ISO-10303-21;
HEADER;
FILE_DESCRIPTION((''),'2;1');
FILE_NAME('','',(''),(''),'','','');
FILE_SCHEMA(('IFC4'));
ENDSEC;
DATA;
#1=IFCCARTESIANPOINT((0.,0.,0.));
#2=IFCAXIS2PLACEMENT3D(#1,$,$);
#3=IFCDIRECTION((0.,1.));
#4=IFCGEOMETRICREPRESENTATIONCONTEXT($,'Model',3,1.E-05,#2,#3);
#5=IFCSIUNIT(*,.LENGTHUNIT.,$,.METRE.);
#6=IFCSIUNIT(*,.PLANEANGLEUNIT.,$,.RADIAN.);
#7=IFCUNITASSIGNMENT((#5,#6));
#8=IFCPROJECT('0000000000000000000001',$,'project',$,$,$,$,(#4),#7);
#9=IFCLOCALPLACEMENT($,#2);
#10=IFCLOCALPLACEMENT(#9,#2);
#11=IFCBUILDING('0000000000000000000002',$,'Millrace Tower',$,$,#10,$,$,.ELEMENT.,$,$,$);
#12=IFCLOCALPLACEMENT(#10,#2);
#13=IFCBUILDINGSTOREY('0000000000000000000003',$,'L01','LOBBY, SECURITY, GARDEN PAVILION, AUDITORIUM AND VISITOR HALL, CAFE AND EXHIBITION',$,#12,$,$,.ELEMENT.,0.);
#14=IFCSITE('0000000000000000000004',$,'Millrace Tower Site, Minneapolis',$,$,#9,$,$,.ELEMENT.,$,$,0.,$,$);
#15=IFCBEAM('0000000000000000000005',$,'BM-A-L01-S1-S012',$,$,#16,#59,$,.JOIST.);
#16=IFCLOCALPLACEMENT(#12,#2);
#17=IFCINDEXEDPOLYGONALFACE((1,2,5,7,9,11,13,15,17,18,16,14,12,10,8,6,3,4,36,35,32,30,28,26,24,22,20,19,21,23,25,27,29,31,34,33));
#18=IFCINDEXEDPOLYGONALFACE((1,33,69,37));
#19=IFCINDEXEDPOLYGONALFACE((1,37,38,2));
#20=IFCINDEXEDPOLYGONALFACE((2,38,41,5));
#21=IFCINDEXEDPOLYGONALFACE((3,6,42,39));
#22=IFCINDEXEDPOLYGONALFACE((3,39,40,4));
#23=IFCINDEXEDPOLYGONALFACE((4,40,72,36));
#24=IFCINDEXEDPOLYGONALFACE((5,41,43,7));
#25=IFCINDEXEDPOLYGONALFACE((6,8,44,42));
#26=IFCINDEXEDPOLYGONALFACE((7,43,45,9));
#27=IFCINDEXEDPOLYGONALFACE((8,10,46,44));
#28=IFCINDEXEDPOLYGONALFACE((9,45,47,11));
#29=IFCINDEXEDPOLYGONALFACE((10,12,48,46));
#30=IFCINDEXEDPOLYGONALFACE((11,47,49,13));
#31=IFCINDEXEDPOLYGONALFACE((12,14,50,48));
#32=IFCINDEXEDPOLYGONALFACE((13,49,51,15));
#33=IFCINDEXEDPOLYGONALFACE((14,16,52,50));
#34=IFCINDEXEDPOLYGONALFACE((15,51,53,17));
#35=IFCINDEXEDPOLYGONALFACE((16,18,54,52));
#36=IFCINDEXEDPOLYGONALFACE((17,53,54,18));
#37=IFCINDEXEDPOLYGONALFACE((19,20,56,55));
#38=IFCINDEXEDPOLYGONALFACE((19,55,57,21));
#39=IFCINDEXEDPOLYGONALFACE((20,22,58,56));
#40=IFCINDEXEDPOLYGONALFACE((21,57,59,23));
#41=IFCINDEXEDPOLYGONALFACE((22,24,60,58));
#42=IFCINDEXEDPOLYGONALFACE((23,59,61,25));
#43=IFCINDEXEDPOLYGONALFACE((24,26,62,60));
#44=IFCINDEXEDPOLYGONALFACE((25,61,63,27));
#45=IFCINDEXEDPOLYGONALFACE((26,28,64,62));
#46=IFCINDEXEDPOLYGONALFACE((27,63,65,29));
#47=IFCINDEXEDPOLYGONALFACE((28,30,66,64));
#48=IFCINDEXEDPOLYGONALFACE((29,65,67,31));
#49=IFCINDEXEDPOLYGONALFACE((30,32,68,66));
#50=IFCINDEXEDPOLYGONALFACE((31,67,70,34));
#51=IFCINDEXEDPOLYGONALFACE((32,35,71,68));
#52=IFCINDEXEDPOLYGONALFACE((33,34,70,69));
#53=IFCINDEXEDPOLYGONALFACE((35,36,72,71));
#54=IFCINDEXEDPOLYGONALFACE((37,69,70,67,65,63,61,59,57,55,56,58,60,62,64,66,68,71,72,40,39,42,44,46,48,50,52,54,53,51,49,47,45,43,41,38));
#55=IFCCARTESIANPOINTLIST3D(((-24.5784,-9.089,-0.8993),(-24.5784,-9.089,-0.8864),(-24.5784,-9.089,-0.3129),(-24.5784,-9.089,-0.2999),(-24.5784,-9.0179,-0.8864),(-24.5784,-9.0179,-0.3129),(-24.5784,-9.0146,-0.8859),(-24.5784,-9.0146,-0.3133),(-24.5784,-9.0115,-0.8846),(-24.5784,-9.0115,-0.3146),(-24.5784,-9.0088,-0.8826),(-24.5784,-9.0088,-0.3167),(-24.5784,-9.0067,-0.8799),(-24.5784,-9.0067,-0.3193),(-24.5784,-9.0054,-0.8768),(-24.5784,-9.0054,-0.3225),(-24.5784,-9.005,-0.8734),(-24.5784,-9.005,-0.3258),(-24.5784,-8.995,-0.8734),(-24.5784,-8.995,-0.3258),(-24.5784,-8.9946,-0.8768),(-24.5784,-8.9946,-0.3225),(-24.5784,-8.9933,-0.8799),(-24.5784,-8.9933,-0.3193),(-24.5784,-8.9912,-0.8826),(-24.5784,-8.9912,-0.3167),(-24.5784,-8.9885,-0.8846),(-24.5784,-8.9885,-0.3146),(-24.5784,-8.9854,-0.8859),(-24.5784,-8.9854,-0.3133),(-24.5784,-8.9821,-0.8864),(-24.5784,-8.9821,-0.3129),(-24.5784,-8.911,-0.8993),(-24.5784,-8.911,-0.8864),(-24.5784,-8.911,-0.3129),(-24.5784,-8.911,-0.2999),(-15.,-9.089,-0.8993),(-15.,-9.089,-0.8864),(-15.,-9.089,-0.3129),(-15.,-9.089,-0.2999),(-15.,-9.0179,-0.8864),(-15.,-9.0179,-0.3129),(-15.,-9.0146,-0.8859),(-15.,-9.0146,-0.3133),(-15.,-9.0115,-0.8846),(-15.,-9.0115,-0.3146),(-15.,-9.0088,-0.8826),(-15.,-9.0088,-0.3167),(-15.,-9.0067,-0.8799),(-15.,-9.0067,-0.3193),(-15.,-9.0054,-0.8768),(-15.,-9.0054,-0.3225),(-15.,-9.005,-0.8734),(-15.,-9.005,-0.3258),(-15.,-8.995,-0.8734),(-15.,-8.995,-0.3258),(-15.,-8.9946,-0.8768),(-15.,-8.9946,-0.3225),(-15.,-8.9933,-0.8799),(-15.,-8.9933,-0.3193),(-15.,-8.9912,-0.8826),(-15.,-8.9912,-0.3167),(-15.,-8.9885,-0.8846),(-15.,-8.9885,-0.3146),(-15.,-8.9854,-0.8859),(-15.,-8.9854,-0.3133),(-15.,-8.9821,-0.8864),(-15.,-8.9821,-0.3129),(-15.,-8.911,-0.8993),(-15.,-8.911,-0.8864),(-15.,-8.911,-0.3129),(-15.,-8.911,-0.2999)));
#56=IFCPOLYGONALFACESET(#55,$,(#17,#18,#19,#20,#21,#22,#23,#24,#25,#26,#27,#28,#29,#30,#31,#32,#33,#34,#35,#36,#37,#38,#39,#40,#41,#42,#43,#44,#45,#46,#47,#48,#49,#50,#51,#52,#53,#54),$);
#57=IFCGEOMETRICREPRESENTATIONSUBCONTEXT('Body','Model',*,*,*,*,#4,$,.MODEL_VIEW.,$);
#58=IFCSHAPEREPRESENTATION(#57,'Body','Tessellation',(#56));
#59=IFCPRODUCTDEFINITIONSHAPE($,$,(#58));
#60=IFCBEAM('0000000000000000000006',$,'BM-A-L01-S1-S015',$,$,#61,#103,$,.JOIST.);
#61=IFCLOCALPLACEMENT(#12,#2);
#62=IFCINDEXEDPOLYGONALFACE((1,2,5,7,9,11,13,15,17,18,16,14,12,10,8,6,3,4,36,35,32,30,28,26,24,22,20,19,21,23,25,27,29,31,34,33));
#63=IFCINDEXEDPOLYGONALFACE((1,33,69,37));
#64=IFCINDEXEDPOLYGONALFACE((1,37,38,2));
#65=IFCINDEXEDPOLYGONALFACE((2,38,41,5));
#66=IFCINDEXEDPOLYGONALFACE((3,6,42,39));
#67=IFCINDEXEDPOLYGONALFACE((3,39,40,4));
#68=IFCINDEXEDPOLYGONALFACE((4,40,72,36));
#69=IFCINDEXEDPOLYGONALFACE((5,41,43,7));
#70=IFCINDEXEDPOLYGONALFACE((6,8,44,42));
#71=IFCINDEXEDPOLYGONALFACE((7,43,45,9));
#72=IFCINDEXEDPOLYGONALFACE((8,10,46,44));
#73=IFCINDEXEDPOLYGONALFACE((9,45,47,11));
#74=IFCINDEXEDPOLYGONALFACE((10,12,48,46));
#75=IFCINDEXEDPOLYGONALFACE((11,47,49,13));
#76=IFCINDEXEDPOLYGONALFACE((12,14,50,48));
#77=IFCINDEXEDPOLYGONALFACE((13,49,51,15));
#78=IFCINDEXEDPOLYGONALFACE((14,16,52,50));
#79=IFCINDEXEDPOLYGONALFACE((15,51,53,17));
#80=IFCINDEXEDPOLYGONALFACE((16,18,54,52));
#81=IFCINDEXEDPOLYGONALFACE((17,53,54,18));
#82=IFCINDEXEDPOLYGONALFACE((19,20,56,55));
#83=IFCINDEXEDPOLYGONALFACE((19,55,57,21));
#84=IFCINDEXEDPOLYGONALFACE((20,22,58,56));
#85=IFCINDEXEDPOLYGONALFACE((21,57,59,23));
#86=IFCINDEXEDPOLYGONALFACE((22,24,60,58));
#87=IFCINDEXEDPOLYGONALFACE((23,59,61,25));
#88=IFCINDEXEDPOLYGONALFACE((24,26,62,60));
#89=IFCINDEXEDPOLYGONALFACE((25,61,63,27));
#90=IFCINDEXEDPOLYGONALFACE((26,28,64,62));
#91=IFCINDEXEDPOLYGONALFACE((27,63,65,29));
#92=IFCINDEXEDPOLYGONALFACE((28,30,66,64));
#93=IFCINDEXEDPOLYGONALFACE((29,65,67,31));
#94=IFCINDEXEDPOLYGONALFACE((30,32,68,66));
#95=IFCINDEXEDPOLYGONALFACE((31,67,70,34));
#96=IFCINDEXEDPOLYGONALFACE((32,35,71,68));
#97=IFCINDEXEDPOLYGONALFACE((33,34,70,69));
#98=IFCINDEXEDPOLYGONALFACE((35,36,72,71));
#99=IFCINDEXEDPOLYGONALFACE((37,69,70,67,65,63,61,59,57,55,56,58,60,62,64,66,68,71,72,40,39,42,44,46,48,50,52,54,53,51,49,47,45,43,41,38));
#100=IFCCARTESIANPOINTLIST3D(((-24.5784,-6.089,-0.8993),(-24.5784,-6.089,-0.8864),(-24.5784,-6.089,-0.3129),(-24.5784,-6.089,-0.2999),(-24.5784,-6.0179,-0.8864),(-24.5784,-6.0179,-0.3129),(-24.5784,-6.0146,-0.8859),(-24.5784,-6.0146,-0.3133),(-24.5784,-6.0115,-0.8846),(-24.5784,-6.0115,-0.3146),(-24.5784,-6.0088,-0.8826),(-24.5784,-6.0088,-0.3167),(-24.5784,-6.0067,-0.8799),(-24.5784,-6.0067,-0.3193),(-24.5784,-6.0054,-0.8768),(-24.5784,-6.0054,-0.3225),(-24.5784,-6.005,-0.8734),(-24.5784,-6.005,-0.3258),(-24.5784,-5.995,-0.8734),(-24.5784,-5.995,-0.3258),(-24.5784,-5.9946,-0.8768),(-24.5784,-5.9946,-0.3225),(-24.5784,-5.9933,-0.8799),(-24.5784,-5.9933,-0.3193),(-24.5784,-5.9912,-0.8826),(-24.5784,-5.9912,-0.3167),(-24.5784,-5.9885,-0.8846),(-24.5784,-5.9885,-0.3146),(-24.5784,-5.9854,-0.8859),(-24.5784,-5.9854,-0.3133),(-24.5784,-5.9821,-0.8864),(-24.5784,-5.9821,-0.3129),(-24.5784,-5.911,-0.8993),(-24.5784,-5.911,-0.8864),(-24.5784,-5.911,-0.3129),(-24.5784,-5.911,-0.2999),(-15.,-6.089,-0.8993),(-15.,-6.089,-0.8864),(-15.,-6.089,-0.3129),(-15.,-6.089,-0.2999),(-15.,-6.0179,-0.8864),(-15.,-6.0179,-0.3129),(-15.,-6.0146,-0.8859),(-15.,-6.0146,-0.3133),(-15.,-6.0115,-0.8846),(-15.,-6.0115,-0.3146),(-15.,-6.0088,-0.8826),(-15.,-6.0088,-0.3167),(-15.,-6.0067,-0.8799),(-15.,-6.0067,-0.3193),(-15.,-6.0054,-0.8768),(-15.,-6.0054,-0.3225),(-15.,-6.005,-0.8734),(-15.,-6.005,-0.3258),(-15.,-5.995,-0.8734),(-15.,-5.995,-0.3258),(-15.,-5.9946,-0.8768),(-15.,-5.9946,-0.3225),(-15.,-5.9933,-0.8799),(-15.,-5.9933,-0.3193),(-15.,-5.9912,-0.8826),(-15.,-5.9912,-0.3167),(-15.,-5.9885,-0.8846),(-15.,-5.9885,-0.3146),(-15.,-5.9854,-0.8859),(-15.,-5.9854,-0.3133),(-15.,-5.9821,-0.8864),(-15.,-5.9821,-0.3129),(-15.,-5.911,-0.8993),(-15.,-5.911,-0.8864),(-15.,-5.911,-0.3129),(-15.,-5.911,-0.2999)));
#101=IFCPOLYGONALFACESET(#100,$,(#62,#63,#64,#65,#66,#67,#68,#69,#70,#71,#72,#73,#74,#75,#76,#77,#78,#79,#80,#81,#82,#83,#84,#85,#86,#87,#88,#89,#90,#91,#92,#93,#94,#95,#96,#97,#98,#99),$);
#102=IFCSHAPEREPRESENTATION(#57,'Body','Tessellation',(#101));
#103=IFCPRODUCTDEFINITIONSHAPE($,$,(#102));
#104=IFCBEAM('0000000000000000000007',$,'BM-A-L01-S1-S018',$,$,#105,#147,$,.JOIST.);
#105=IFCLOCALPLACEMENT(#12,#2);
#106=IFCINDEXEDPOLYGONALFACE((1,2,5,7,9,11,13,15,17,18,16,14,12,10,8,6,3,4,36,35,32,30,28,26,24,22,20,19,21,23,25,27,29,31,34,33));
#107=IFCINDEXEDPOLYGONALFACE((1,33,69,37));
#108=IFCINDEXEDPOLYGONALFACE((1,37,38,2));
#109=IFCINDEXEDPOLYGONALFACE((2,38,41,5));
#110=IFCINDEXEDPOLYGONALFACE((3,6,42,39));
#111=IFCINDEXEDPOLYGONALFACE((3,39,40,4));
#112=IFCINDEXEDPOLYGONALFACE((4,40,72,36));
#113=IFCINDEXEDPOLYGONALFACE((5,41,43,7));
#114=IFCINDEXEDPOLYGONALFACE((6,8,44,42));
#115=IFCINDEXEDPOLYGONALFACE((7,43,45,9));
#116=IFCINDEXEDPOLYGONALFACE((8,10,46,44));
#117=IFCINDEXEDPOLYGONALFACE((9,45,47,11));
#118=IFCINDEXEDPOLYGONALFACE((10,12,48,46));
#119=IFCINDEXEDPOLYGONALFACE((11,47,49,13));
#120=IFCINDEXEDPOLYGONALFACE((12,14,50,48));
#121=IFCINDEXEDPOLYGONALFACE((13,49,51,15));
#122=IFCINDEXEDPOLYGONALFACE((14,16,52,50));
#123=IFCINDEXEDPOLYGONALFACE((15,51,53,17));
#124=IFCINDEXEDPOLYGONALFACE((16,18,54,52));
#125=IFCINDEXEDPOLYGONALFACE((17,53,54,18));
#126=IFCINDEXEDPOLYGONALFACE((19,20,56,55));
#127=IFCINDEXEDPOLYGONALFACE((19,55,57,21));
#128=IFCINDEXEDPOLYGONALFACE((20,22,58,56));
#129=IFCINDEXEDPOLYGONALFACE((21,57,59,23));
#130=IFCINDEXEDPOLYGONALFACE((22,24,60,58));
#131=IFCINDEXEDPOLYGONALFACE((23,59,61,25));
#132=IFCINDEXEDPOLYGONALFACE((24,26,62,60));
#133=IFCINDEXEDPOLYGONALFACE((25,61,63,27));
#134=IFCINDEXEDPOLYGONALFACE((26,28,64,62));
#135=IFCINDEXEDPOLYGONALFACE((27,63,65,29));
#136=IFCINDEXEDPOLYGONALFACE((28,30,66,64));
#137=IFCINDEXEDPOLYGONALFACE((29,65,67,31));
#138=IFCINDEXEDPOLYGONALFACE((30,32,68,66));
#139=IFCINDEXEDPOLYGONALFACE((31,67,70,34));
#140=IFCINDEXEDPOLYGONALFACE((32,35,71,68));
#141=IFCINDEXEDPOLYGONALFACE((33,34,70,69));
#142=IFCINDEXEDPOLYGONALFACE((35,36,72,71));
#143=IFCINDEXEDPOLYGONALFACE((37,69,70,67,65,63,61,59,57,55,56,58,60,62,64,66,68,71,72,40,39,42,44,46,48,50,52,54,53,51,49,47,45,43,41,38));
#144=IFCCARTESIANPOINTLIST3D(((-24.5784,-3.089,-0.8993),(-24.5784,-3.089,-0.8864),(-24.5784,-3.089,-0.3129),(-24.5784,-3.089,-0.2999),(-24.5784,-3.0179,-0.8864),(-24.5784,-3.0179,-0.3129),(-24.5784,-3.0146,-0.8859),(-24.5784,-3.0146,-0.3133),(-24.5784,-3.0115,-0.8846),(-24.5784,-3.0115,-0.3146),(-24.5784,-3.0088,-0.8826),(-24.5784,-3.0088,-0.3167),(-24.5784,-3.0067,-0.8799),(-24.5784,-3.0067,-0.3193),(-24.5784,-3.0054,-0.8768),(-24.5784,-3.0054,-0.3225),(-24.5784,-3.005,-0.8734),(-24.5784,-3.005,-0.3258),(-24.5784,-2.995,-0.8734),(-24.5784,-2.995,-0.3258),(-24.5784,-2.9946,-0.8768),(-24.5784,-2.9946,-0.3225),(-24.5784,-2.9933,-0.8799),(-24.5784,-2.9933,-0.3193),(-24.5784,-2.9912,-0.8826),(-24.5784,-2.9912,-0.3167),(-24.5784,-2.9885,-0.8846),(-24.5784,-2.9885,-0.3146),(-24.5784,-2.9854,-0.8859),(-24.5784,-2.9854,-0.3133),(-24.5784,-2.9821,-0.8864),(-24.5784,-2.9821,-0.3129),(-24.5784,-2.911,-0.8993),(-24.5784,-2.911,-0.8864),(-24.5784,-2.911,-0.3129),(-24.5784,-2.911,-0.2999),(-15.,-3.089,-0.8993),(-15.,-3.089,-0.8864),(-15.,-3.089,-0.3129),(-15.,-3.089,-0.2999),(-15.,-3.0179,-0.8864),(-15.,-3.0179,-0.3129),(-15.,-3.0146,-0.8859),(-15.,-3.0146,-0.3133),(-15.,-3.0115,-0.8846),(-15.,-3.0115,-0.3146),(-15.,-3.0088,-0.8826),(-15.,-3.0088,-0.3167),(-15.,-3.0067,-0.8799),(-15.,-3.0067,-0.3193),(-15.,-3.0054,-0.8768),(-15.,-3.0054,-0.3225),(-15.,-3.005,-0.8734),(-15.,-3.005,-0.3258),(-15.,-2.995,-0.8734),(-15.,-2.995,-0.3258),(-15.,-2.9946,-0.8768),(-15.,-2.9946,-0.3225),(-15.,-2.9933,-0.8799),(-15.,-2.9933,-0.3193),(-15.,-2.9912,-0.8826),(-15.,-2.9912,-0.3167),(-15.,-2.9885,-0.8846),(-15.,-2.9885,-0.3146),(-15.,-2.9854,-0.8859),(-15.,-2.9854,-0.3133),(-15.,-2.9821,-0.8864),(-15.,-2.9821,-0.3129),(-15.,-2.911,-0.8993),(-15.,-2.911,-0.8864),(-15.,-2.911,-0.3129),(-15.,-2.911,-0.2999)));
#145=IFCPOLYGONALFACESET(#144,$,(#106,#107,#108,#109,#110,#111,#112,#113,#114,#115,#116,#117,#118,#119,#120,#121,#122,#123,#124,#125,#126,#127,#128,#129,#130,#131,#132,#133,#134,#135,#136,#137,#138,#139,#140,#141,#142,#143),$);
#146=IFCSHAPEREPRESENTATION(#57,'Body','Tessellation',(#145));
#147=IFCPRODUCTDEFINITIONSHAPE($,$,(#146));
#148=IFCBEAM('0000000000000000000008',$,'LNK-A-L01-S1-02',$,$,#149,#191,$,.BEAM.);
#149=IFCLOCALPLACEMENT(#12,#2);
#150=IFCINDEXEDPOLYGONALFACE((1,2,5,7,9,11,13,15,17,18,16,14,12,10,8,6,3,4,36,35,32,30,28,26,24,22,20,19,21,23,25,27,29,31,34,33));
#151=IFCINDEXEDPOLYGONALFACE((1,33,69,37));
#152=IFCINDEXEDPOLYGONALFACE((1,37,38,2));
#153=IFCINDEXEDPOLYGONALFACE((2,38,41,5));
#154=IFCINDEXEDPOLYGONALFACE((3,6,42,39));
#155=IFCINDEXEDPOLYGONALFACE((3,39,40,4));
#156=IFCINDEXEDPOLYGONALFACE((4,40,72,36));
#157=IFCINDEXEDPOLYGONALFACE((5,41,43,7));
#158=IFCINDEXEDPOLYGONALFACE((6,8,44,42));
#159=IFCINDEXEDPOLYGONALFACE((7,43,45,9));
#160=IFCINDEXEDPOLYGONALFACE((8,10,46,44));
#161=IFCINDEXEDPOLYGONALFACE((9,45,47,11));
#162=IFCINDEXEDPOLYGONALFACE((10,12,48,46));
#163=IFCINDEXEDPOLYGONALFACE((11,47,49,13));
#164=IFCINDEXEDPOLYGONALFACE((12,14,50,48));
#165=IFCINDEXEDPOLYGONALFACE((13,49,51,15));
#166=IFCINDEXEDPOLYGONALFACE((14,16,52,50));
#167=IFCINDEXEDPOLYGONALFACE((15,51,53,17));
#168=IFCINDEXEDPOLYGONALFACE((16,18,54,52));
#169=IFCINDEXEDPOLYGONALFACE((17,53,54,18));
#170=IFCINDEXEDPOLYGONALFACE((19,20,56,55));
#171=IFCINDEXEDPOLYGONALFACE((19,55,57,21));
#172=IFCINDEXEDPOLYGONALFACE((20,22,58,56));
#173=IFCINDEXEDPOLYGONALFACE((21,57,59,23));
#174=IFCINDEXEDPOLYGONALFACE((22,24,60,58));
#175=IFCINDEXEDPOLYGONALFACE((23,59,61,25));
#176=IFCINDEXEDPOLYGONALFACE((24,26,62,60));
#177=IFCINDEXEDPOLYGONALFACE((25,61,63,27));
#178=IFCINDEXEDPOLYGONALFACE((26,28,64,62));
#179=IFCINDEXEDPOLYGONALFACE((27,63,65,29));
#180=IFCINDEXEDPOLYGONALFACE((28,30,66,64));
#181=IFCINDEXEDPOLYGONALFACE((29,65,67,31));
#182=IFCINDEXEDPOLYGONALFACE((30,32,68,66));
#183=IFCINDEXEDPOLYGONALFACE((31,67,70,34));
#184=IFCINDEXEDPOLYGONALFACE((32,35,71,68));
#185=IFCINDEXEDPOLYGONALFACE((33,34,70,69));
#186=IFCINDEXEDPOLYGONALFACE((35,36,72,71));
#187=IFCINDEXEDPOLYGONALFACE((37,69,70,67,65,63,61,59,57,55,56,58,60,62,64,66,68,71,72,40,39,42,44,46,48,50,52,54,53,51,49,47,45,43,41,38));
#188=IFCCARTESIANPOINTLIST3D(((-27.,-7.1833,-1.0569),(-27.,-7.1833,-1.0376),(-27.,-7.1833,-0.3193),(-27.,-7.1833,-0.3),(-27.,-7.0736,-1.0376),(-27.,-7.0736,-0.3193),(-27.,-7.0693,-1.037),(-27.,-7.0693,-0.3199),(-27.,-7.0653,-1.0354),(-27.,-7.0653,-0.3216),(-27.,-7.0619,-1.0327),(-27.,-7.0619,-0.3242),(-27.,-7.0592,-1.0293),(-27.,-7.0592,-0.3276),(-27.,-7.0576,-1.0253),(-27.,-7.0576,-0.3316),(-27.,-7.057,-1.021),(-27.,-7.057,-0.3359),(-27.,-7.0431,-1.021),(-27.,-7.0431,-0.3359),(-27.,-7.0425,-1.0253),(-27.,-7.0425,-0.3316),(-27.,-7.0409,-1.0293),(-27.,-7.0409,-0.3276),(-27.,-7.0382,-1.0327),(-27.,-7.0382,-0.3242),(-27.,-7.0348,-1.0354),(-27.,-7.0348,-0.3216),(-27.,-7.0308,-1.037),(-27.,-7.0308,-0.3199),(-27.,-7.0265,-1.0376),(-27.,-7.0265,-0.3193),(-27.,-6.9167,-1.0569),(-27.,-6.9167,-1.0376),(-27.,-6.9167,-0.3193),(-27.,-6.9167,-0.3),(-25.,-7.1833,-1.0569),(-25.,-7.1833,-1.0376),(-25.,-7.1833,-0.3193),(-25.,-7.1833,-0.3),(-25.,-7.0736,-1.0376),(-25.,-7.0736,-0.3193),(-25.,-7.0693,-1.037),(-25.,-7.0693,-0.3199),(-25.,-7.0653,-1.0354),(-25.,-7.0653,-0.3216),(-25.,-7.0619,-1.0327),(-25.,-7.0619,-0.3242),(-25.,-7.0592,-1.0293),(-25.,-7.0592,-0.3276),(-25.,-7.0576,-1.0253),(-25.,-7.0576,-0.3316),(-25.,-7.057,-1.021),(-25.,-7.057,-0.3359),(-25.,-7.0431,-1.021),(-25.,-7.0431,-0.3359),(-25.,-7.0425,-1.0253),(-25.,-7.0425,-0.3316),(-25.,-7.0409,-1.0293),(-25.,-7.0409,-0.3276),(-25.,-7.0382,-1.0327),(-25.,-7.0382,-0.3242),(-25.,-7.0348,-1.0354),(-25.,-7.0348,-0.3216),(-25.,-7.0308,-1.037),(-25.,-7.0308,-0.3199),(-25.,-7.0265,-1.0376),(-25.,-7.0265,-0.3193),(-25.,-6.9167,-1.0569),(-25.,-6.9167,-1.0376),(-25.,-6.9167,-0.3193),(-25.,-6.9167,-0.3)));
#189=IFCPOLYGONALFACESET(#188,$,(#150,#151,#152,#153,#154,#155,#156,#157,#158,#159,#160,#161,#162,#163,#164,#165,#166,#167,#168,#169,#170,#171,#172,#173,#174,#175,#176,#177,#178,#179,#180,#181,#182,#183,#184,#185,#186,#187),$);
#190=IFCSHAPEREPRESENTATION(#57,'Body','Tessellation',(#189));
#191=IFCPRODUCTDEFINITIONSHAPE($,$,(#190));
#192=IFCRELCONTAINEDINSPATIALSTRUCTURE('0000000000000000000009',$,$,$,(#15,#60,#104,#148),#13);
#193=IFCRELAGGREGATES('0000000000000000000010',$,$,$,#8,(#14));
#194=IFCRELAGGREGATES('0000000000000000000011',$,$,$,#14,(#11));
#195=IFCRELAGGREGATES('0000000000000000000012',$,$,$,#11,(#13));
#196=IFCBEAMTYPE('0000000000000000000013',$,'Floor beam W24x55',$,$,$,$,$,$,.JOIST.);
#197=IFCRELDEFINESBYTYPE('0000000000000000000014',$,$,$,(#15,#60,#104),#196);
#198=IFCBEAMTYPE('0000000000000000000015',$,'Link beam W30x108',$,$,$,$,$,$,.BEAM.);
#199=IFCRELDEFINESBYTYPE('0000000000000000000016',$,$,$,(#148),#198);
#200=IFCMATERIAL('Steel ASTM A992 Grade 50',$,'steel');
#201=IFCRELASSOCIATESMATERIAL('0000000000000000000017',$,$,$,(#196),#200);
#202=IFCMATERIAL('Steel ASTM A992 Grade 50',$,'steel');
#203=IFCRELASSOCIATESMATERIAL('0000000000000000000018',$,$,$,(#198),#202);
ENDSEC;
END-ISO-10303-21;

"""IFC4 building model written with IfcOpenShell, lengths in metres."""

from ifc_helpers import new_model, si_unit, direction, frame, origin, origin_2d, place, context, subcontext, project, spatial, i_section, extrude, material, material_profile, profile_set, type_object, element, save


model = new_model("IFC4")

# Units and contexts
model_context = context("Model", 3, precision=1e-05, world=origin(), true_north=direction((0.0, 1.0)))
body_context = subcontext(model_context, "Body", "Model", "MODEL_VIEW")
ifc_project = project(units=[si_unit("LENGTHUNIT", "METRE"), si_unit("PLANEANGLEUNIT", "RADIAN")], contexts=[model_context])

# Site, building, storey
site_placement = place(None, origin())
site = spatial("IfcSite", under=ifc_project, at=site_placement, Name="Millrace Tower Site, Minneapolis", CompositionType="ELEMENT", RefElevation=0.0)
building_placement = place(site_placement, origin())
building = spatial("IfcBuilding", under=site, at=building_placement, Name="Millrace Tower", CompositionType="ELEMENT")
storey_placement = place(building_placement, origin())
storey = spatial("IfcBuildingStorey", under=building, at=storey_placement, Name="L01", Description="LOBBY, SECURITY, GARDEN PAVILION, AUDITORIUM AND VISITOR HALL, CAFE AND EXHIBITION", CompositionType="ELEMENT", Elevation=0.0)

# Beams
ifc_material_1 = material(Name="Steel ASTM A992 Grade 50", Category="steel")
ifc_material_profile_1 = material_profile(ifc_material_1, i_section(OverallWidth=0.178, OverallDepth=0.5994, WebThickness=0.01, FlangeThickness=0.0129, FilletRadius=0.0129, at=origin_2d()))
ifc_profile_set_1 = profile_set([ifc_material_profile_1], Name="Steel ASTM A992 Grade 50")
beam_type_1 = type_object("IfcBeamType", Name="Floor beam W24x55", PredefinedType="JOIST", material=ifc_profile_set_1)
for number, where, z_axis, x_axis, name in (
    (1, (-24.5784, -9.0, -0.5996), (1.0, 0.0, 0.0), (0.0, 1.0, 0.0), "BM-A-L01-S1-S012"),
    (2, (-24.5784, -6.0, -0.5996), (1.0, 0.0, 0.0), (0.0, 1.0, 0.0), "BM-A-L01-S1-S015"),
    (3, (-24.5784, -3.0, -0.5996), (1.0, 0.0, 0.0), (0.0, 1.0, 0.0), "BM-A-L01-S1-S018"),
):
    element("IfcBeam", number, at=place(storey_placement, frame(where, z_axis=z_axis, x_axis=x_axis)), inside=storey, type_object=beam_type_1, Name=name, PredefinedType="JOIST", context=body_context, shape_type="SweptSolid", body=[
        extrude(i_section(OverallWidth=0.178, OverallDepth=0.5994, WebThickness=0.01, FlangeThickness=0.0129, FilletRadius=0.0129, at=origin_2d()), origin(), (0.0, 0.0, 1.0), 9.5784),
    ])
ifc_material_2 = material(Name="Steel ASTM A992 Grade 50", Category="steel")
ifc_material_profile_2 = material_profile(ifc_material_2, i_section(OverallWidth=0.2666, OverallDepth=0.7568, WebThickness=0.0139, FlangeThickness=0.0193, FilletRadius=0.0166, at=origin_2d()))
ifc_profile_set_2 = profile_set([ifc_material_profile_2], Name="Steel ASTM A992 Grade 50")
beam_type_2 = type_object("IfcBeamType", Name="Link beam W30x108", PredefinedType="BEAM", material=ifc_profile_set_2)
beam_1_placement = place(storey_placement, frame((-25.0, -7.05, -0.6785), z_axis=(-1.0, 0.0, 0.0), x_axis=(0.0, -1.0, 0.0)))
element("IfcBeam", 4, at=beam_1_placement, inside=storey, type_object=beam_type_2, Name="LNK-A-L01-S1-02", PredefinedType="BEAM", context=body_context, shape_type="SweptSolid", body=[
    extrude(i_section(OverallWidth=0.2666, OverallDepth=0.7568, WebThickness=0.0139, FlangeThickness=0.0193, FilletRadius=0.0166, at=origin_2d()), origin(), (0.0, 0.0, 1.0), 2.0),
])

save(model, "model.ifc")
